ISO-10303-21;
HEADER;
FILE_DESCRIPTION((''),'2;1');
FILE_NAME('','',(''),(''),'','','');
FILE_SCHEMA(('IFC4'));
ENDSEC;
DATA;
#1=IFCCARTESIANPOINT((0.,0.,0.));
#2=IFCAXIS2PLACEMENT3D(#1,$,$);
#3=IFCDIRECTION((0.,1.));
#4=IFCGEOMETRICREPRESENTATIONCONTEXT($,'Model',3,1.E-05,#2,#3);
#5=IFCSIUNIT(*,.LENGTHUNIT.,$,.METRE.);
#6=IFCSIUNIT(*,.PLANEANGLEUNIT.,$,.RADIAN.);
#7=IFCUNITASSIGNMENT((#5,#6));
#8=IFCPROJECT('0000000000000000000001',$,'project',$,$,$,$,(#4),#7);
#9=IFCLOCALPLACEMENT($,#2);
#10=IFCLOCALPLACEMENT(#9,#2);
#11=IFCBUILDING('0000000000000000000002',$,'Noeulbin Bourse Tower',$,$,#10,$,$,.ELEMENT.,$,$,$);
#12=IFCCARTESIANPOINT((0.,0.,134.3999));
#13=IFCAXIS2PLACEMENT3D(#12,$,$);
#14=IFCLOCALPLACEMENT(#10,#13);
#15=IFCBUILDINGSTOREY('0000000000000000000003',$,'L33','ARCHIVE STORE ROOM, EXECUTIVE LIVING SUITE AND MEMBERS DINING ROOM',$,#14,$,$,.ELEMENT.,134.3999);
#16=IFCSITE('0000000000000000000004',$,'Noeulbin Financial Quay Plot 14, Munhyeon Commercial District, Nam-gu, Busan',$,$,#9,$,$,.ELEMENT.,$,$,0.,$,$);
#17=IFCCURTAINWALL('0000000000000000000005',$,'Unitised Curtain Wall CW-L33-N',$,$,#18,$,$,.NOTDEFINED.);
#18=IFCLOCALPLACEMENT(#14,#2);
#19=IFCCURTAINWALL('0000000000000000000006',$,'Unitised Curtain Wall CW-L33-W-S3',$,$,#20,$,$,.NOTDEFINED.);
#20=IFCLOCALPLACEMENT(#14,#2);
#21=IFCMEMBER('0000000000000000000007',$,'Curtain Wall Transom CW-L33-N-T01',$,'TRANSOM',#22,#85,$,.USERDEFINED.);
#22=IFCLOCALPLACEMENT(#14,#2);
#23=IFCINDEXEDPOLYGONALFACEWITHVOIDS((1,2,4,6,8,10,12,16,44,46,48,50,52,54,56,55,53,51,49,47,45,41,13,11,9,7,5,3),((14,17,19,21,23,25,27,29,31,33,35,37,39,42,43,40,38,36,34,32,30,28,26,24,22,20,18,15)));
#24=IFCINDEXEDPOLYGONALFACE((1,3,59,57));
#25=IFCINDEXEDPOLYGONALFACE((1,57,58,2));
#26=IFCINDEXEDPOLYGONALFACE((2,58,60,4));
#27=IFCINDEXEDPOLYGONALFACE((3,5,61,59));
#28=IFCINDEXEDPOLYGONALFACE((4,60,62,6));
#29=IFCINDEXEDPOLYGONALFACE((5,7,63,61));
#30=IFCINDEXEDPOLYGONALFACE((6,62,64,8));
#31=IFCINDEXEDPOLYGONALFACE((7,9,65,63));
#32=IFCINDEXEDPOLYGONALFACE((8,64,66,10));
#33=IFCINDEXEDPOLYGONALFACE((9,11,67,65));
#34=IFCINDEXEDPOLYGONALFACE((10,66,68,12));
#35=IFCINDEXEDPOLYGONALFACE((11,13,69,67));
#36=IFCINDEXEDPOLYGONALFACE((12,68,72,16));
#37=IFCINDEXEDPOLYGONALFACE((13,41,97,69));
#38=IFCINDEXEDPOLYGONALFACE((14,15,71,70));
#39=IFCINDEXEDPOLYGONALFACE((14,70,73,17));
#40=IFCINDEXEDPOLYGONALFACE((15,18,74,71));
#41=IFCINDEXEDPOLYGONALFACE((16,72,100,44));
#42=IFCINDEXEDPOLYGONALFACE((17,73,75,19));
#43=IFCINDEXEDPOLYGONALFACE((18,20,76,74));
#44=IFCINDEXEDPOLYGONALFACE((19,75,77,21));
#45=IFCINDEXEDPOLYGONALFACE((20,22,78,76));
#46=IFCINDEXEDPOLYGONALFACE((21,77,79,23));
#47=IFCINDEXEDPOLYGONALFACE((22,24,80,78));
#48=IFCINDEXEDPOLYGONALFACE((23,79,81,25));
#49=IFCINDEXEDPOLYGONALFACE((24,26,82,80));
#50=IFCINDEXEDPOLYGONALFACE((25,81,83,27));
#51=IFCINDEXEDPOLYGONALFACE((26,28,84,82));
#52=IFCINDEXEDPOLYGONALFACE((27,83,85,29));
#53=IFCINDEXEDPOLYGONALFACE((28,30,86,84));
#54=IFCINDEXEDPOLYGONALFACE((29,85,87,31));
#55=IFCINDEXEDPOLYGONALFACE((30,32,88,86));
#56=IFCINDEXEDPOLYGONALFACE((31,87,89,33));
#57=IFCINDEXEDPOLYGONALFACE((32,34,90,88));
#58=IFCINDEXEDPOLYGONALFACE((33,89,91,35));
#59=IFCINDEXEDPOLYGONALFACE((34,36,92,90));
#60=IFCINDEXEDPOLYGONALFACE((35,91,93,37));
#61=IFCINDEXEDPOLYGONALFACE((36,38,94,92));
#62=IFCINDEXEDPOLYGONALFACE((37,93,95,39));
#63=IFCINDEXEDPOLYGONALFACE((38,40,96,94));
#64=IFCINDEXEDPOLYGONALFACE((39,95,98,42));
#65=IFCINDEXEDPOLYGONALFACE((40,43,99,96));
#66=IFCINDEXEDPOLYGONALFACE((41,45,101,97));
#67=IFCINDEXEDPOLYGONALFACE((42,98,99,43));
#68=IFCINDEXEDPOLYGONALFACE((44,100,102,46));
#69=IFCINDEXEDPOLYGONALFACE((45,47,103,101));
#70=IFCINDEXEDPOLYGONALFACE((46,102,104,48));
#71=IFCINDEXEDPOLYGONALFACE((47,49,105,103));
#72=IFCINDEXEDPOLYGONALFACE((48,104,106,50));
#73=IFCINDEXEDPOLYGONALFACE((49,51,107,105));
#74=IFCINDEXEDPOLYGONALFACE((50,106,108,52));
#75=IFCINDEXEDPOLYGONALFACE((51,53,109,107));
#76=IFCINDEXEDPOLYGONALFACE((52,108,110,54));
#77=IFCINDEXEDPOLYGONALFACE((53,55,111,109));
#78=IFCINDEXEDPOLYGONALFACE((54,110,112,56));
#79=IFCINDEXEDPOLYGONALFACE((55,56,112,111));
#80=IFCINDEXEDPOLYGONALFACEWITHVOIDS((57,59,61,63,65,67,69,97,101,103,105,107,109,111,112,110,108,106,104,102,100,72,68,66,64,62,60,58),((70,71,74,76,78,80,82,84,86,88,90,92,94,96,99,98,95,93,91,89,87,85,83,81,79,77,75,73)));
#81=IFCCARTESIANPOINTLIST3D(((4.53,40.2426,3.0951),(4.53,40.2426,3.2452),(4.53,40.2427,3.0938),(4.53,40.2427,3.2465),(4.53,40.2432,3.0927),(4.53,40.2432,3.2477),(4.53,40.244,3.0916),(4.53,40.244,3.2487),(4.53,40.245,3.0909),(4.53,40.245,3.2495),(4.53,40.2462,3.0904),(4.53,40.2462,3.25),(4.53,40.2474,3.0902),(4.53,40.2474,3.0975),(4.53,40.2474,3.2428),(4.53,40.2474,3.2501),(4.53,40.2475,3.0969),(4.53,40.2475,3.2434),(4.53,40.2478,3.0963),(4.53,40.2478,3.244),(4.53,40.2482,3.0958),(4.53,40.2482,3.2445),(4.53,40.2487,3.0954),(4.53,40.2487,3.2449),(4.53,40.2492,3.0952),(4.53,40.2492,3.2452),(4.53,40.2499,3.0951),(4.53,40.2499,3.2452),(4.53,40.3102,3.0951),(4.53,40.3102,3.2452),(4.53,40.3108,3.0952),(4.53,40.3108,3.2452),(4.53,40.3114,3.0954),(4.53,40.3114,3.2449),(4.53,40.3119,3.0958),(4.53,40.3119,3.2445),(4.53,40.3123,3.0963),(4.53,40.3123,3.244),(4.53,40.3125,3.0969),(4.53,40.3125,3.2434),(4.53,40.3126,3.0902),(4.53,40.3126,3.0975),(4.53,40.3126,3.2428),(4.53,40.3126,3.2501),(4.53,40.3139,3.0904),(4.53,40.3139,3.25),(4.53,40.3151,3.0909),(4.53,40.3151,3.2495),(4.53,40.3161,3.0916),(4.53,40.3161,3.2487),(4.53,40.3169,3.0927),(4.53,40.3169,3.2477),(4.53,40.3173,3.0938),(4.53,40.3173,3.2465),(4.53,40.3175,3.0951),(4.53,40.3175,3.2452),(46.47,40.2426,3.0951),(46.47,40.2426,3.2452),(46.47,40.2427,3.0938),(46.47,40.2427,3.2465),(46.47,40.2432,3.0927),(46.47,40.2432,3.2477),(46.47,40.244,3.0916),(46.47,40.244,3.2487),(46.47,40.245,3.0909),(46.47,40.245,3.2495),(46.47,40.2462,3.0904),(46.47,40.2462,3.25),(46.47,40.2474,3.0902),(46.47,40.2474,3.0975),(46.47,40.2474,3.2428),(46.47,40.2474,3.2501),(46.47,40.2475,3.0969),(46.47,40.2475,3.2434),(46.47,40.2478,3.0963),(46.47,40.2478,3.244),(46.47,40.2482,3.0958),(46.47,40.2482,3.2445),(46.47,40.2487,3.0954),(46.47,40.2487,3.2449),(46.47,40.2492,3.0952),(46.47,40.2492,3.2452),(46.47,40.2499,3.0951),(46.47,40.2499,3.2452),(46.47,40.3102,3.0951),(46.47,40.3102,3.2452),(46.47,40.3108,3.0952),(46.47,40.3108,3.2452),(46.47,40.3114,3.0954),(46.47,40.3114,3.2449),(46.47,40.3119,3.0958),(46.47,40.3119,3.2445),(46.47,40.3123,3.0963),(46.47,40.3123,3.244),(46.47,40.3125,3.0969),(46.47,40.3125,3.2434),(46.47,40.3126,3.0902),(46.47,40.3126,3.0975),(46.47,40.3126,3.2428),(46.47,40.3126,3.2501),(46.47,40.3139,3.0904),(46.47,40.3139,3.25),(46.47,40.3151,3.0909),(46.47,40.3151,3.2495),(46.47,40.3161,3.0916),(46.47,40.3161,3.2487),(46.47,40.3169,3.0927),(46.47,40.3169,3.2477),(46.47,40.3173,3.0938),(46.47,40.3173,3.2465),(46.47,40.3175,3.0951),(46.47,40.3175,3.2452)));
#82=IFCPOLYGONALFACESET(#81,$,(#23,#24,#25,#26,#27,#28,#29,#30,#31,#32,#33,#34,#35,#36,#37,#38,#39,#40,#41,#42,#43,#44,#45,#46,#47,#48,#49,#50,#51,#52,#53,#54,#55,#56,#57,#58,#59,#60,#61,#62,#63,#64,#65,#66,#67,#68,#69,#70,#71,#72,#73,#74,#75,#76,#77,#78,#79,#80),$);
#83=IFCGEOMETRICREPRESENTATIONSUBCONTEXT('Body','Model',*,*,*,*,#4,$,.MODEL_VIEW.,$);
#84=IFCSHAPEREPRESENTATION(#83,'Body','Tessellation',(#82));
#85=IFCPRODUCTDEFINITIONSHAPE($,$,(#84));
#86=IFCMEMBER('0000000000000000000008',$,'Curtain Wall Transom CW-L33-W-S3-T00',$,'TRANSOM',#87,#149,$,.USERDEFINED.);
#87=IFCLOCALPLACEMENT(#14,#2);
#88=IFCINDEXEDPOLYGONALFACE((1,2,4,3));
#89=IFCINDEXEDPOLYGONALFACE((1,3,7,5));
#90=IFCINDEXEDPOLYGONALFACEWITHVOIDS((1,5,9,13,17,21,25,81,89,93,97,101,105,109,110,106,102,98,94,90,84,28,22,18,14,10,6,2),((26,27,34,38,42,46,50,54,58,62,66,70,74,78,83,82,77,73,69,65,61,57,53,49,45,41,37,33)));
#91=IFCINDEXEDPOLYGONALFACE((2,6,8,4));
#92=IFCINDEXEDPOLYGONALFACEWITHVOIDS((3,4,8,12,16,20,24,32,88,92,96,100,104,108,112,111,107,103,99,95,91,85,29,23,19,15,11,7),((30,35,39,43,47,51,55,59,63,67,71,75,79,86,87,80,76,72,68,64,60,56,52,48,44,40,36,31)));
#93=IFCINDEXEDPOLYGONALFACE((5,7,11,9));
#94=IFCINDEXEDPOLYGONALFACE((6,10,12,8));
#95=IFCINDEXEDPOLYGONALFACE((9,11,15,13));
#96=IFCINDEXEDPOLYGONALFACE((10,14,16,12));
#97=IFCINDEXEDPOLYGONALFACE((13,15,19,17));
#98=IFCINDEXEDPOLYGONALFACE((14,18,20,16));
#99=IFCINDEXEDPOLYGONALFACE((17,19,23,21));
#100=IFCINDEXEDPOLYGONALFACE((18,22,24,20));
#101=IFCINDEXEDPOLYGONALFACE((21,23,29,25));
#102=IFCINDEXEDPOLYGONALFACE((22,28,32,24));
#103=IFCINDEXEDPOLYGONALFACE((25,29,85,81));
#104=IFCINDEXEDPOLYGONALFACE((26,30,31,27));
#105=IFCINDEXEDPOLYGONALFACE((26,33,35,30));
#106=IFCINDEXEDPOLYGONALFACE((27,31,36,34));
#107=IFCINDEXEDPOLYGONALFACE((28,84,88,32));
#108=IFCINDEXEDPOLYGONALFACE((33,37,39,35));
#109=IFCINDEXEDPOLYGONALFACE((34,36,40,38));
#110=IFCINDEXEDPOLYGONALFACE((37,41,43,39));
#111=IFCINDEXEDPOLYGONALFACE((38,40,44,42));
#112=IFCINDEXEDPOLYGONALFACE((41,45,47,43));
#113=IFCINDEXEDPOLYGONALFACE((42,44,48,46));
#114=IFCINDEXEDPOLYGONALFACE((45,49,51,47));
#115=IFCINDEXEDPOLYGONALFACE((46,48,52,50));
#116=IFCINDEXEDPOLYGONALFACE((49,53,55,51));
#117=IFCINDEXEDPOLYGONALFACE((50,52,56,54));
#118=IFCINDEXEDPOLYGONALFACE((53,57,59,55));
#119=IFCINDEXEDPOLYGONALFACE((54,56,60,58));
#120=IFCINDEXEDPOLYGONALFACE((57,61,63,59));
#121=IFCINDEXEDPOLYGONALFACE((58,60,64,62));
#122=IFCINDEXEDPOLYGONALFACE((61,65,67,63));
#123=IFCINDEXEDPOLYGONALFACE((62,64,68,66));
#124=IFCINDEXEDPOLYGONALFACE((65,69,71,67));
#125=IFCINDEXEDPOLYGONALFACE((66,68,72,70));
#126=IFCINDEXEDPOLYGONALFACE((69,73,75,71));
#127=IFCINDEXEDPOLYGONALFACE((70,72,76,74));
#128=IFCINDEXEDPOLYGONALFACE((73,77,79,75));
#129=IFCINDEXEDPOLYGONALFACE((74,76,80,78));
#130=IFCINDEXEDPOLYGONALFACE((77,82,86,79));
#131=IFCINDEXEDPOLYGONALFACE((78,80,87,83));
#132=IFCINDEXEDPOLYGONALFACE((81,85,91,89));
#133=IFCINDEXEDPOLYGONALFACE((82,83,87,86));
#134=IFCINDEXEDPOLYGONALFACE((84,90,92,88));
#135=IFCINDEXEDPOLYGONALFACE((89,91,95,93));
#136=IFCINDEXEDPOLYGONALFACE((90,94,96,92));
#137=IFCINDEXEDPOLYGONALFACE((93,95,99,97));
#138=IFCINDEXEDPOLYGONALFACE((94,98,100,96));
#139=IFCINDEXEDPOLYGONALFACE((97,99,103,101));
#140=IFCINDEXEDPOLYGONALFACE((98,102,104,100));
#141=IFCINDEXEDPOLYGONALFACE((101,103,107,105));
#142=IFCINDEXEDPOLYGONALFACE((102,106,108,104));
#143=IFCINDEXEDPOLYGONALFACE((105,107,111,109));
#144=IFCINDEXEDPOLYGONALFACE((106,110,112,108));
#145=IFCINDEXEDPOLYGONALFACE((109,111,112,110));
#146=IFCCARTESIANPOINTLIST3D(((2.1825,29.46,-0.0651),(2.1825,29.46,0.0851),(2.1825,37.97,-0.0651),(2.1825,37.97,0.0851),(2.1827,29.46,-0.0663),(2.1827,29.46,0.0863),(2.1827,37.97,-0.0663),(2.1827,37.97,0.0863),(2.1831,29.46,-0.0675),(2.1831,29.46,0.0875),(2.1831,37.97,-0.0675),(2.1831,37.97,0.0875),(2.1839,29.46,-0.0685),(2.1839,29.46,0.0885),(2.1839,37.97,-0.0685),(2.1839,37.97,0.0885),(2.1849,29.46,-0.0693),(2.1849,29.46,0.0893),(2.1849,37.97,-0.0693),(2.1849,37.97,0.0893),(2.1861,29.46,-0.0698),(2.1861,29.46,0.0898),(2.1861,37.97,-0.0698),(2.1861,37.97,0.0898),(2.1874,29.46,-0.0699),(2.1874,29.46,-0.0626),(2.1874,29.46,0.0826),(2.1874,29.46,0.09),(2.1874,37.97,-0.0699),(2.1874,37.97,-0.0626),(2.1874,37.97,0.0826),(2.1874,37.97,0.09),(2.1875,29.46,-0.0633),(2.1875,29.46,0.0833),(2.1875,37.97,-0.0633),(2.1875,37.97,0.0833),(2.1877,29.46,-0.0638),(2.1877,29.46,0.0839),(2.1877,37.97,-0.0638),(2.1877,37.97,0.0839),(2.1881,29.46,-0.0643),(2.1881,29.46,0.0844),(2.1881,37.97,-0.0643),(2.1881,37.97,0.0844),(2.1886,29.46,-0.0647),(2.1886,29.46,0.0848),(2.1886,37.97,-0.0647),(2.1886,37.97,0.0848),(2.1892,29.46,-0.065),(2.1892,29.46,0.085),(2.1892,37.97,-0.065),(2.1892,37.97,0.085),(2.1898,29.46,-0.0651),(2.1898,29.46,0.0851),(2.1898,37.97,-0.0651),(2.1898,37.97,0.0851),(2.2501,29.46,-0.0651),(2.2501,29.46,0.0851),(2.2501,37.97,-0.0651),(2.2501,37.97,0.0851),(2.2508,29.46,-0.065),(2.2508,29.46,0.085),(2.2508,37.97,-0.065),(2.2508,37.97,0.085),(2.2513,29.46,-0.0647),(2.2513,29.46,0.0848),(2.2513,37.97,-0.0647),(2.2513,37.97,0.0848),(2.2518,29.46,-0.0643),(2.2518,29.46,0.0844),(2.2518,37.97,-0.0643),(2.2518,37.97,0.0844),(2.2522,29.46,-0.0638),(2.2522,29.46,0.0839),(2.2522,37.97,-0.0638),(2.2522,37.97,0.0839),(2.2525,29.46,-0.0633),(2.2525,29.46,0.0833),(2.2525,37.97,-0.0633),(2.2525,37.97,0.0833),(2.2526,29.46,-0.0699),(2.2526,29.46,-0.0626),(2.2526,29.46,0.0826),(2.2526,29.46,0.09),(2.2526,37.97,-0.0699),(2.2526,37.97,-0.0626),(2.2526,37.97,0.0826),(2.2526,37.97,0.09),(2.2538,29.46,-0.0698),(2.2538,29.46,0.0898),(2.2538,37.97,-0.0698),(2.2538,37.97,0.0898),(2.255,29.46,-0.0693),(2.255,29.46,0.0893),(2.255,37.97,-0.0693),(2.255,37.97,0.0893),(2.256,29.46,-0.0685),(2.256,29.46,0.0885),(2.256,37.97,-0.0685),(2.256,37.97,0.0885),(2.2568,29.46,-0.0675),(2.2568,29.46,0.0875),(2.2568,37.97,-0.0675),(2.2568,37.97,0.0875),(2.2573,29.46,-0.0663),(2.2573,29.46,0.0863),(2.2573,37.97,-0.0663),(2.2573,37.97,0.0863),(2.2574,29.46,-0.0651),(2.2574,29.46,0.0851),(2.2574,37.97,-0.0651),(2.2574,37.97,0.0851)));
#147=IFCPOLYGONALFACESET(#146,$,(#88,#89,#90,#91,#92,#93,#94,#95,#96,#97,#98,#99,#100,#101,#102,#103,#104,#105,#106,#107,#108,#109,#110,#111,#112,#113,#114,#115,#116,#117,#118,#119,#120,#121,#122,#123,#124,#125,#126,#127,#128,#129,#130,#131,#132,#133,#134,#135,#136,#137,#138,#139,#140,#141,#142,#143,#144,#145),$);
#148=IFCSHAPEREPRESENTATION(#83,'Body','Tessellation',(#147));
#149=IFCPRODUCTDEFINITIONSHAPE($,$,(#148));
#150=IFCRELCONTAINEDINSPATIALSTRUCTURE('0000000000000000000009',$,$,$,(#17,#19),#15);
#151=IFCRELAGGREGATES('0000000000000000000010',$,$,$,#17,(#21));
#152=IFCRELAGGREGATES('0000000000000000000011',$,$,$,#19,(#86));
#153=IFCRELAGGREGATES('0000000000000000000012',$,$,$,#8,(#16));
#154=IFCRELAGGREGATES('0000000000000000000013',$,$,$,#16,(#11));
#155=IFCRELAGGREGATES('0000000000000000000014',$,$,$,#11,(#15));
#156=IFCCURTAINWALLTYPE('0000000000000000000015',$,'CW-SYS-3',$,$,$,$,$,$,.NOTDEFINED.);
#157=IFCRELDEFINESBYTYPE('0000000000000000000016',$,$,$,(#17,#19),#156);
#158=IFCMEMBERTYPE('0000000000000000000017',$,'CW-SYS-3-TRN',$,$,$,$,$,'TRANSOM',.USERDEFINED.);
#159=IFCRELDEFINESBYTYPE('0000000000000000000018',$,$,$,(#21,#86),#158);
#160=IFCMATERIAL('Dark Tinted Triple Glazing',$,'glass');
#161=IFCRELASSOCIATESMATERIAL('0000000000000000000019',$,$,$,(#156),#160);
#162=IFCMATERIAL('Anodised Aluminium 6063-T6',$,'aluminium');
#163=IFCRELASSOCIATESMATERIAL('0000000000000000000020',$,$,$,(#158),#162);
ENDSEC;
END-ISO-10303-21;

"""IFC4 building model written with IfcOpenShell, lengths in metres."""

from ifc_helpers import new_model, si_unit, direction, frame, origin, origin_2d, place, context, subcontext, project, spatial, hollow_rectangle, extrude, material, material_profile, profile_set, type_object, element, aggregate, save


model = new_model("IFC4")

# Units and contexts
model_context = context("Model", 3, precision=1e-05, world=origin(), true_north=direction((0.0, 1.0)))
body_context = subcontext(model_context, "Body", "Model", "MODEL_VIEW")
ifc_project = project(units=[si_unit("LENGTHUNIT", "METRE"), si_unit("PLANEANGLEUNIT", "RADIAN")], contexts=[model_context])

# Site, building, storey
site_placement = place(None, origin())
site = spatial("IfcSite", under=ifc_project, at=site_placement, Name="Noeulbin Financial Quay Plot 14, Munhyeon Commercial District, Nam-gu, Busan", CompositionType="ELEMENT", RefElevation=0.0)
building_placement = place(site_placement, origin())
building = spatial("IfcBuilding", under=site, at=building_placement, Name="Noeulbin Bourse Tower", CompositionType="ELEMENT")
storey_placement = place(building_placement, frame((0.0, 0.0, 134.3999)))
storey = spatial("IfcBuildingStorey", under=building, at=storey_placement, Name="L33", Description="ARCHIVE STORE ROOM, EXECUTIVE LIVING SUITE AND MEMBERS DINING ROOM", CompositionType="ELEMENT", Elevation=134.3999)

# Curtain walls
ifc_material_1 = material(Name="Dark Tinted Triple Glazing", Category="glass")
curtain_wall_type = type_object("IfcCurtainWallType", Name="CW-SYS-3", PredefinedType="NOTDEFINED", material=ifc_material_1)
curtain_wall_1_placement = place(storey_placement, origin())
curtain_wall_1 = element("IfcCurtainWall", 1, at=curtain_wall_1_placement, inside=storey, type_object=curtain_wall_type, Name="Unitised Curtain Wall CW-L33-N", PredefinedType="NOTDEFINED")
ifc_material_2 = material(Name="Anodised Aluminium 6063-T6", Category="aluminium")
curtain_wall_2_placement = place(storey_placement, origin())
curtain_wall_2 = element("IfcCurtainWall", 2, at=curtain_wall_2_placement, inside=storey, type_object=curtain_wall_type, Name="Unitised Curtain Wall CW-L33-W-S3", PredefinedType="NOTDEFINED")

# Members
ifc_material_profile_1 = material_profile(ifc_material_2, hollow_rectangle(XDim=0.075, YDim=0.1599, WallThickness=0.0049, InnerFilletRadius=0.0024, OuterFilletRadius=0.0049, at=origin_2d()), Name="ALU-TRAN-75x160x5", Category="LoadBearing")
ifc_profile_set_1 = profile_set([ifc_material_profile_1], Name="Anodised Aluminium 6063-T6")
member_type_1 = type_object("IfcMemberType", Name="CW-SYS-3-TRN", ElementType="TRANSOM", PredefinedType="USERDEFINED", material=ifc_profile_set_1)
member_1_placement = place(storey_placement, frame((4.53, 40.28, 3.1702), z_axis=(1.0, 0.0, 0.0), x_axis=(0.0, 1.0, 0.0)))
member_1 = element("IfcMember", 3, at=member_1_placement, type_object=member_type_1, Name="Curtain Wall Transom CW-L33-N-T01", ObjectType="TRANSOM", PredefinedType="USERDEFINED", context=body_context, shape_type="SweptSolid", body=[
    extrude(hollow_rectangle(XDim=0.075, YDim=0.1599, WallThickness=0.0049, InnerFilletRadius=0.0024, OuterFilletRadius=0.0049, at=origin_2d()), origin(), (0.0, 0.0, 1.0), 41.9399),
])
member_2_placement = place(storey_placement, frame((2.22, 29.46, 0.01), z_axis=(0.0, 1.0, 0.0), x_axis=(-1.0, 0.0, 0.0)))
member_2 = element("IfcMember", 4, at=member_2_placement, type_object=member_type_1, Name="Curtain Wall Transom CW-L33-W-S3-T00", ObjectType="TRANSOM", PredefinedType="USERDEFINED", context=body_context, shape_type="SweptSolid", body=[
    extrude(hollow_rectangle(XDim=0.075, YDim=0.1599, WallThickness=0.0049, InnerFilletRadius=0.0024, OuterFilletRadius=0.0049, at=origin_2d()), origin(), (0.0, 0.0, 1.0), 8.51),
])

aggregate(curtain_wall_1, [member_1])
aggregate(curtain_wall_2, [member_2])

save(model, "model.ifc")
